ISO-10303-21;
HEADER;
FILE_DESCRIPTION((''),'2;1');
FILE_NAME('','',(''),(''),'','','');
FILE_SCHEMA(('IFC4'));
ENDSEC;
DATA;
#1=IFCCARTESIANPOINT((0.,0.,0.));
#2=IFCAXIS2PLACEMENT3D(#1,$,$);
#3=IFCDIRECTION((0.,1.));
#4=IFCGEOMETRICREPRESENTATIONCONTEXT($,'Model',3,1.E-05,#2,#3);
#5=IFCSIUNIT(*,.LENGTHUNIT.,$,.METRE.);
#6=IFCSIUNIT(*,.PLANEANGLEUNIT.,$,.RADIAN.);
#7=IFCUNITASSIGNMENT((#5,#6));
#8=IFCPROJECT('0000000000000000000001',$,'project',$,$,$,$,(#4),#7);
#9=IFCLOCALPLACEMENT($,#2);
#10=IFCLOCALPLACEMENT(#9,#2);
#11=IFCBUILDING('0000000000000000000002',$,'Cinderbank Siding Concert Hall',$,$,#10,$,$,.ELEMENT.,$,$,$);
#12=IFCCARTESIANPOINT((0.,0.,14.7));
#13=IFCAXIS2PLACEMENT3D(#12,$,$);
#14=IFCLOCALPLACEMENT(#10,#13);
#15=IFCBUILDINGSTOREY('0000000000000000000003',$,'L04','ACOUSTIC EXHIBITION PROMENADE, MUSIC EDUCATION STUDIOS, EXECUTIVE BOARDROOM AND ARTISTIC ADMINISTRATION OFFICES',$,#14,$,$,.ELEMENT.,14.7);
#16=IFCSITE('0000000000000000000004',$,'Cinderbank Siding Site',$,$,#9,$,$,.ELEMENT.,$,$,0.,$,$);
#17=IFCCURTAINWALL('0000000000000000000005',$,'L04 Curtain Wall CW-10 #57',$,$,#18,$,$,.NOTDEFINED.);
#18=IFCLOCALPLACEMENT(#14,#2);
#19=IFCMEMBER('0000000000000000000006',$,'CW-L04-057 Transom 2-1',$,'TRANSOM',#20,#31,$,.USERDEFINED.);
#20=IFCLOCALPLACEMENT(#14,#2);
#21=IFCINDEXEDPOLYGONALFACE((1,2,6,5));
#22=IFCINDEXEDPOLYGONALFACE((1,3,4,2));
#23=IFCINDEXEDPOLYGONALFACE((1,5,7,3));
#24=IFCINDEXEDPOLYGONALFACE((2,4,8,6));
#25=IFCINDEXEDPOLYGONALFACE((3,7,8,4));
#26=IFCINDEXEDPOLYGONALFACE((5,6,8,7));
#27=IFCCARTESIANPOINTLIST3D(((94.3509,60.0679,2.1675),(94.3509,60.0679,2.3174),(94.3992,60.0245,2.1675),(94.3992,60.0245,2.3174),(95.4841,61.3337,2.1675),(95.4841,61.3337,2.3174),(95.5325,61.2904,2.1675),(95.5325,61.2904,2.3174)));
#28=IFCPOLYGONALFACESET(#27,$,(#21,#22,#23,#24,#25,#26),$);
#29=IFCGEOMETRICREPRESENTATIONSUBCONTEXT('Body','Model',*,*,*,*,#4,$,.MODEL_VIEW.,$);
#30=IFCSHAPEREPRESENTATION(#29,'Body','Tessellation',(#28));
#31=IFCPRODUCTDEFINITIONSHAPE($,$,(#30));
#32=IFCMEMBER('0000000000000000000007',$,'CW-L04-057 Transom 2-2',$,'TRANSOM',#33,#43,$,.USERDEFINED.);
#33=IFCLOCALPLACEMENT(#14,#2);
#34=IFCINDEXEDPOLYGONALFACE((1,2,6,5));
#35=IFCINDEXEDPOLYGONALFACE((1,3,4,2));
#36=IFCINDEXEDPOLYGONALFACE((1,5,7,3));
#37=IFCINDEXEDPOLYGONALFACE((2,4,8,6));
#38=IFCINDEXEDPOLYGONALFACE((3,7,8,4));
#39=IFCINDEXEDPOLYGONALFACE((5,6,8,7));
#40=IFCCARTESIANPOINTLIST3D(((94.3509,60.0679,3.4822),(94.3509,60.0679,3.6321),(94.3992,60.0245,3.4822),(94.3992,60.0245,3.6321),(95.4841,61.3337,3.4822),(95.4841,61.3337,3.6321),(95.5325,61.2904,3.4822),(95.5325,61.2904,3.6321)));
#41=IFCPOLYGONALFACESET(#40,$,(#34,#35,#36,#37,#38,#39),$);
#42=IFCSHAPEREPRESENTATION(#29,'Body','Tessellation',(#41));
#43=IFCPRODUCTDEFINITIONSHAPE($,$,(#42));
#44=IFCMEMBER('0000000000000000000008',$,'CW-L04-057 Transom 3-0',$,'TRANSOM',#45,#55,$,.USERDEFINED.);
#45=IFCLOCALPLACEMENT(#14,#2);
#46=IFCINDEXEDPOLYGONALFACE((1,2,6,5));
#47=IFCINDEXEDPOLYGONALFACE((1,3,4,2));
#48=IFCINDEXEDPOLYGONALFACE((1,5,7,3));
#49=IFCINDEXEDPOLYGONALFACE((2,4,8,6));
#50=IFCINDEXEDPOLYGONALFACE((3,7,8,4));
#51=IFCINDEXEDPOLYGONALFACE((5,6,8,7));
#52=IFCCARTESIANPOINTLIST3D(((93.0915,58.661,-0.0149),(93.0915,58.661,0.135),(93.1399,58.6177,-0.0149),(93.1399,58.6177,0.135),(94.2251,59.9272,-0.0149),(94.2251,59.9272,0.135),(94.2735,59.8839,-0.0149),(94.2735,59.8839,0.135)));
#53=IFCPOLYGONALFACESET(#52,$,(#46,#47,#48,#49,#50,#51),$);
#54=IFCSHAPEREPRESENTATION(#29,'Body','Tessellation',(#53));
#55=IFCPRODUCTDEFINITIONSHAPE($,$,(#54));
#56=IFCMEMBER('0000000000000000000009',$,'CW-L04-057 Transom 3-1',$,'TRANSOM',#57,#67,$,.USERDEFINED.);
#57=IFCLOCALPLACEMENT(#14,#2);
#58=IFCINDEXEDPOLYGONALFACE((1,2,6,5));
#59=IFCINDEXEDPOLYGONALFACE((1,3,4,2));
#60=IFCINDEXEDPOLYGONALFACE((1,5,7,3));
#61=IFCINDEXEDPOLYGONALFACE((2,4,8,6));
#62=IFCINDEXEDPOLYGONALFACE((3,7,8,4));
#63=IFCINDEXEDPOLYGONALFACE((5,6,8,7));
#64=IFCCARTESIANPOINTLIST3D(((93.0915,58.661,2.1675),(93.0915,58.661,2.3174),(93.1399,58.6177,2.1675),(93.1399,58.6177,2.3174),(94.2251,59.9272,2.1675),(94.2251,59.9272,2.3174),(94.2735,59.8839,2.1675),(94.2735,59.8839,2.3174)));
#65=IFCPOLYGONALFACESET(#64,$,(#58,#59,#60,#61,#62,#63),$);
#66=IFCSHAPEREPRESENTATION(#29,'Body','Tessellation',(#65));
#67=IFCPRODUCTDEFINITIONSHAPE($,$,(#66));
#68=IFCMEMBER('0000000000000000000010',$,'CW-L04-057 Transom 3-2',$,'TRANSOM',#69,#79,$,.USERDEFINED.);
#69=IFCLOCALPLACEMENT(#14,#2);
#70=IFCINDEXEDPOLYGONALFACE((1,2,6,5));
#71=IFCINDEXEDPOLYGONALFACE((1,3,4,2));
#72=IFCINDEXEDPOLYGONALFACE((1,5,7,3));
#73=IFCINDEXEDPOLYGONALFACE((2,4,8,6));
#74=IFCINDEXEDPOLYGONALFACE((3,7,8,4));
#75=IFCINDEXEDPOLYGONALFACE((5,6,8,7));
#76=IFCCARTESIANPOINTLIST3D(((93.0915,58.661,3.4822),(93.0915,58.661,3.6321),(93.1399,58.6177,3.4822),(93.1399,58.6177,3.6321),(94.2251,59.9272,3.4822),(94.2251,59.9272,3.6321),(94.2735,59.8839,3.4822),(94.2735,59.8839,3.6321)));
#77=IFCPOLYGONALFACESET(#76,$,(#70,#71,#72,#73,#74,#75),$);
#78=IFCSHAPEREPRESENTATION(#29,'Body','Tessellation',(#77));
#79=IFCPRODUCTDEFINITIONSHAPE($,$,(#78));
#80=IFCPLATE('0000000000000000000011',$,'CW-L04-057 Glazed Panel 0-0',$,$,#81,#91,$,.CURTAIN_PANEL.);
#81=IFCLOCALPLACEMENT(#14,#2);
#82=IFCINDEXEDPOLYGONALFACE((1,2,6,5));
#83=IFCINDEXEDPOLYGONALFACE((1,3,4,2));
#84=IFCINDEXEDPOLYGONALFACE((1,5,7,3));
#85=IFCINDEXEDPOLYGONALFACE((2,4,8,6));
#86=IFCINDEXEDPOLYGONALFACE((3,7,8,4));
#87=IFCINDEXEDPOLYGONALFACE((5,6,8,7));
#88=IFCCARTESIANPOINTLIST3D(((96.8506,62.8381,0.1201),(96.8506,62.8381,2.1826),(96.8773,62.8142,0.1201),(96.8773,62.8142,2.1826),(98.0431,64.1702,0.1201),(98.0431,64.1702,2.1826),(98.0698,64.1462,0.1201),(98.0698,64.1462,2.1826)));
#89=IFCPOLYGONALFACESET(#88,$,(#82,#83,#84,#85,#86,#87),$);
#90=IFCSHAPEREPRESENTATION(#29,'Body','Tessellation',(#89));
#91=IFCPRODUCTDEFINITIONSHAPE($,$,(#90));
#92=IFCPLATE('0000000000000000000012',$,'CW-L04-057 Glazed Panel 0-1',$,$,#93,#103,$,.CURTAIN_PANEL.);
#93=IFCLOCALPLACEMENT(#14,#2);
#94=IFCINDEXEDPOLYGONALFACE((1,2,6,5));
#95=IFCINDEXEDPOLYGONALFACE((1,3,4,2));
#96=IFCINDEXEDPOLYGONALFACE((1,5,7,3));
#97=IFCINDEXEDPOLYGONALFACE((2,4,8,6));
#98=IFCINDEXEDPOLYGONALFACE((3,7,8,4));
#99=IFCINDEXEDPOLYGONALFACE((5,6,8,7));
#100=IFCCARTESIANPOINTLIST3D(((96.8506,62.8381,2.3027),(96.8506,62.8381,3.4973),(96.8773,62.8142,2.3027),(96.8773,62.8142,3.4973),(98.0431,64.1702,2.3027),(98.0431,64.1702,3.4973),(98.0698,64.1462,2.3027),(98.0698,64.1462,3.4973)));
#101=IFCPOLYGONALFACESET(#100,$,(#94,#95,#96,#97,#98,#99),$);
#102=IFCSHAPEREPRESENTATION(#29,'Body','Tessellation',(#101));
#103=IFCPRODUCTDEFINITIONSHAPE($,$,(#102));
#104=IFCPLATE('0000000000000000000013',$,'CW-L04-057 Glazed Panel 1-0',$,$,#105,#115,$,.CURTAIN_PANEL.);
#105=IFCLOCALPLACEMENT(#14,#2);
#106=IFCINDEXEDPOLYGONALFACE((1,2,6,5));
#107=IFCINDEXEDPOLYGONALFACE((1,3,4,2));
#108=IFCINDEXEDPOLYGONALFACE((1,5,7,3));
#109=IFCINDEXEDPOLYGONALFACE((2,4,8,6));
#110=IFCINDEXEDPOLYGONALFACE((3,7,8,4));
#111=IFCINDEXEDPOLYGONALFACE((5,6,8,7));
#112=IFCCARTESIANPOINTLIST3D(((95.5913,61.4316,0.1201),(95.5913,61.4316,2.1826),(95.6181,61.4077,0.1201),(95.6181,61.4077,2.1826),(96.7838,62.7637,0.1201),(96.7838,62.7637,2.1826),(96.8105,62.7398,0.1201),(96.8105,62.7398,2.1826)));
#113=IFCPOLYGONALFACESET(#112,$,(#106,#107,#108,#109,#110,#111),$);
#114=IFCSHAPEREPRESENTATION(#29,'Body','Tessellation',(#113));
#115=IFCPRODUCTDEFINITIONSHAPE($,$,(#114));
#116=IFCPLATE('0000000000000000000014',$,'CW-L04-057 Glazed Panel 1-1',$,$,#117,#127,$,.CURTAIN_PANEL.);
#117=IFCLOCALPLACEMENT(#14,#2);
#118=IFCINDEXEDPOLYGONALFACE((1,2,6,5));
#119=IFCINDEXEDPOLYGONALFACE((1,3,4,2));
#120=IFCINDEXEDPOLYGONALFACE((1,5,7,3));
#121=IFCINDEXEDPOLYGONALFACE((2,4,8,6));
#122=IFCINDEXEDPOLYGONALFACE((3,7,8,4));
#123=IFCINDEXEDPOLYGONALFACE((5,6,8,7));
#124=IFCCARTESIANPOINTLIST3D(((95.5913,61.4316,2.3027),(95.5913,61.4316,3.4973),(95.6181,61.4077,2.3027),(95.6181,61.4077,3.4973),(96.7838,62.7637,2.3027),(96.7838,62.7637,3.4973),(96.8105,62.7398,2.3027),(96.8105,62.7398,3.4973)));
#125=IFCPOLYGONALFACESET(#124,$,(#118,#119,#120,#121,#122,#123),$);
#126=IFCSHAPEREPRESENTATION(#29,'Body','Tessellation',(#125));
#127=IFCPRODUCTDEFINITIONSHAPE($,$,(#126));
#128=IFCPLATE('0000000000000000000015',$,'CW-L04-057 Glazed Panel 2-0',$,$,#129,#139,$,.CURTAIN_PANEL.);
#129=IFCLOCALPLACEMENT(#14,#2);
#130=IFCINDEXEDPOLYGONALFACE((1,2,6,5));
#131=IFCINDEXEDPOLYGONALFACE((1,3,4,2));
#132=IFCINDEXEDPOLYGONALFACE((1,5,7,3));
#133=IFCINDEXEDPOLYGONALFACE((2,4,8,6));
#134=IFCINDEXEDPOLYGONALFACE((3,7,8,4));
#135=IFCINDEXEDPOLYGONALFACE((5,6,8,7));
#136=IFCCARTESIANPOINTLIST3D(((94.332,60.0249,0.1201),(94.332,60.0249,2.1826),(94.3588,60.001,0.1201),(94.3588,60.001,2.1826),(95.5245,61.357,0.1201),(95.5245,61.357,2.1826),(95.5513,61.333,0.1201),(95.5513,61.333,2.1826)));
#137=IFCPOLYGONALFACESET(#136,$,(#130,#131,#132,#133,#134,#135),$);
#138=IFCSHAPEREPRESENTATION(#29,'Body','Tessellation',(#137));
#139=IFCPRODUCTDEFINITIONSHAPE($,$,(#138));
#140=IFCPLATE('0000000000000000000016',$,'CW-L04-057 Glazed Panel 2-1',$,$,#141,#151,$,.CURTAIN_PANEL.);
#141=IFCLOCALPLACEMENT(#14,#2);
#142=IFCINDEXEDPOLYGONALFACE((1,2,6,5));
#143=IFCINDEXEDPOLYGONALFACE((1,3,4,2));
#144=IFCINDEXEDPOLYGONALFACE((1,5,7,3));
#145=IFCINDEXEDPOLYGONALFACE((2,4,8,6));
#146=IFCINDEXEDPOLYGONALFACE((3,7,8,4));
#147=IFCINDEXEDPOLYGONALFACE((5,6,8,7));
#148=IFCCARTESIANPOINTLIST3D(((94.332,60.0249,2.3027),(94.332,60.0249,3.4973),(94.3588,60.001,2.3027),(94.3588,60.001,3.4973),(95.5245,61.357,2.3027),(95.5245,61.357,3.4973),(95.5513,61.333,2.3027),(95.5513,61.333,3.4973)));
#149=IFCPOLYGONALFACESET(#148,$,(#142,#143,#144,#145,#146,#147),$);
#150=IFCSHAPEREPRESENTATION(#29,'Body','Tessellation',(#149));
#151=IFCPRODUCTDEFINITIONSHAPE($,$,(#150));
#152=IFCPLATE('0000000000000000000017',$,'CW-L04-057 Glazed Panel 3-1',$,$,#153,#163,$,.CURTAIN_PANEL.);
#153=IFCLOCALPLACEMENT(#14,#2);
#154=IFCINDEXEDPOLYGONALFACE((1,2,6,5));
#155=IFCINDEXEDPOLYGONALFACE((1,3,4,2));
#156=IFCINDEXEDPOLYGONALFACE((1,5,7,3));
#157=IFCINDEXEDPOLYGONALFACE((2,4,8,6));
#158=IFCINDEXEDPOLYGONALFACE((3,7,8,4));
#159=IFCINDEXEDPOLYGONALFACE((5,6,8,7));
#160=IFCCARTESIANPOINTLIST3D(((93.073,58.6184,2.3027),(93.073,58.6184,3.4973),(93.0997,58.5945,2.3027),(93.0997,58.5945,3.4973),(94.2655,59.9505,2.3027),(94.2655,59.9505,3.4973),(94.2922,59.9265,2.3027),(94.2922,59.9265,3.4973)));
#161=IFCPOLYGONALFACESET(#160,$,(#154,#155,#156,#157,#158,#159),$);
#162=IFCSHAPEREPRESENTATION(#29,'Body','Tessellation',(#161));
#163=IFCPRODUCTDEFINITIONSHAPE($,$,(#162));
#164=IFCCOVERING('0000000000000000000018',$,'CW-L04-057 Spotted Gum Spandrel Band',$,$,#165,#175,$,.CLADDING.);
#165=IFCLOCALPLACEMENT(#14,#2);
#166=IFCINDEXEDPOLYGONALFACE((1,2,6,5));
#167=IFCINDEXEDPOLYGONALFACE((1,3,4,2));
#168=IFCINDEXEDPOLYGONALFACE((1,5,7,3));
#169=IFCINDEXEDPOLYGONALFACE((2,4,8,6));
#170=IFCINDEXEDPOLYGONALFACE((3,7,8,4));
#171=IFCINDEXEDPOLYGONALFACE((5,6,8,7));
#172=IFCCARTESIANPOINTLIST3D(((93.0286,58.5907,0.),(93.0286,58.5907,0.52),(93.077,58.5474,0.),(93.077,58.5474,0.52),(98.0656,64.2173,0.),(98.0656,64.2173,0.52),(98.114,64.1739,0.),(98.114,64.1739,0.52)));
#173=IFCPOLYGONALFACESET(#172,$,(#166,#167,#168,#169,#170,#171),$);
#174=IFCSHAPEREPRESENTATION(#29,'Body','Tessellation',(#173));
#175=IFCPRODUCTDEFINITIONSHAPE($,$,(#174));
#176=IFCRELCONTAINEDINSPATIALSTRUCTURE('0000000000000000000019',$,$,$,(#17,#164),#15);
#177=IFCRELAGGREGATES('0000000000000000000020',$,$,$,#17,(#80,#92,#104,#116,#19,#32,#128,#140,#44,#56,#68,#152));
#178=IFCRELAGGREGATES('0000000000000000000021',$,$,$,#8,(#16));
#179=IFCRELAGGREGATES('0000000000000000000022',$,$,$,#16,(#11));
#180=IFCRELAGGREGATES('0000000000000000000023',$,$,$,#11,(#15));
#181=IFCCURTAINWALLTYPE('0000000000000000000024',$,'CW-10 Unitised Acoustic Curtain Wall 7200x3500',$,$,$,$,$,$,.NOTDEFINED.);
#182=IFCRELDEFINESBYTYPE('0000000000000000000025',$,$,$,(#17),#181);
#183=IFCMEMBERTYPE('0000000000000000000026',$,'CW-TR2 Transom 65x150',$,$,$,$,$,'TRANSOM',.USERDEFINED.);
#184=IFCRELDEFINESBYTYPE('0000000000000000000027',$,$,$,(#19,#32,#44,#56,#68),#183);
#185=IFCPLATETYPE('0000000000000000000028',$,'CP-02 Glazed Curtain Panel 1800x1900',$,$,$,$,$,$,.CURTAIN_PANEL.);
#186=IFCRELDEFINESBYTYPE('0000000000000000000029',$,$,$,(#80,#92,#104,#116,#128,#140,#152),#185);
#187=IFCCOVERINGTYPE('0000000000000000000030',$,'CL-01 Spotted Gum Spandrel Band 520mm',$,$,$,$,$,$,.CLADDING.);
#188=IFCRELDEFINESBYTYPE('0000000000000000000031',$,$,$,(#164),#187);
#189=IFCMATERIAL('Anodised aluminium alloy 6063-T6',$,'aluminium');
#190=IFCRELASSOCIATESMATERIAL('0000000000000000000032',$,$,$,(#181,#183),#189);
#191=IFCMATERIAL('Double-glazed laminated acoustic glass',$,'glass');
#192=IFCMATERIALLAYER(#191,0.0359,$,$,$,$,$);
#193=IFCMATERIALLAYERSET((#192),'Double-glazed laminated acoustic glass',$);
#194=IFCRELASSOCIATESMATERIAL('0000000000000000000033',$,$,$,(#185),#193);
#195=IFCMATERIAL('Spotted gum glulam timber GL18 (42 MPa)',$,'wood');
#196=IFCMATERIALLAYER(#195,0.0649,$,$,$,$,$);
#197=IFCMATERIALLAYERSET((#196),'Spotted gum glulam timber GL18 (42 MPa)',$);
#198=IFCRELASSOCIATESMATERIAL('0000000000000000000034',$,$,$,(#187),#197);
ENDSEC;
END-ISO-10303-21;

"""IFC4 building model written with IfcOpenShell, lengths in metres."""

from ifc_helpers import new_model, si_unit, direction, frame, origin, origin_2d, place, context, subcontext, project, spatial, rectangle, extrude, material, layer, layer_set, material_profile, profile_set, type_object, element, aggregate, save


model = new_model("IFC4")

# Units and contexts
model_context = context("Model", 3, precision=1e-05, world=origin(), true_north=direction((0.0, 1.0)))
body_context = subcontext(model_context, "Body", "Model", "MODEL_VIEW")
ifc_project = project(units=[si_unit("LENGTHUNIT", "METRE"), si_unit("PLANEANGLEUNIT", "RADIAN")], contexts=[model_context])

# Site, building, storey
site_placement = place(None, origin())
site = spatial("IfcSite", under=ifc_project, at=site_placement, Name="Cinderbank Siding Site", CompositionType="ELEMENT", RefElevation=0.0)
building_placement = place(site_placement, origin())
building = spatial("IfcBuilding", under=site, at=building_placement, Name="Cinderbank Siding Concert Hall", CompositionType="ELEMENT")
storey_placement = place(building_placement, frame((0.0, 0.0, 14.7)))
storey = spatial("IfcBuildingStorey", under=building, at=storey_placement, Name="L04", Description="ACOUSTIC EXHIBITION PROMENADE, MUSIC EDUCATION STUDIOS, EXECUTIVE BOARDROOM AND ARTISTIC ADMINISTRATION OFFICES", CompositionType="ELEMENT", Elevation=14.7)

# Curtain wall, members, plates
ifc_material_1 = material(Name="Anodised aluminium alloy 6063-T6", Category="aluminium")
curtain_wall_type = type_object("IfcCurtainWallType", Name="CW-10 Unitised Acoustic Curtain Wall 7200x3500", PredefinedType="NOTDEFINED", material=ifc_material_1)
curtain_wall_placement = place(storey_placement, origin())
curtain_wall = element("IfcCurtainWall", 1, at=curtain_wall_placement, inside=storey, type_object=curtain_wall_type, Name="L04 Curtain Wall CW-10 #57", PredefinedType="NOTDEFINED")
ifc_material_profile_1 = material_profile(ifc_material_1, rectangle(XDim=0.0649, YDim=0.1499, at=origin_2d()), Name="ALU-TRAN-65x150", Category="LoadBearing")
ifc_profile_set_1 = profile_set([ifc_material_profile_1], Name="Anodised aluminium alloy 6063-T6")
member_type_1 = type_object("IfcMemberType", Name="CW-TR2 Transom 65x150", ElementType="TRANSOM", PredefinedType="USERDEFINED", material=ifc_profile_set_1)
member_1_placement = place(storey_placement, frame((95.5083, 61.312, 2.2424), z_axis=(-0.667017, -0.745042, 0.0), x_axis=(0.745042, -0.667017, 0.0)))
member_1 = element("IfcMember", 2, at=member_1_placement, type_object=member_type_1, Name="CW-L04-057 Transom 2-1", ObjectType="TRANSOM", PredefinedType="USERDEFINED", context=body_context, shape_type="SweptSolid", body=[
    extrude(rectangle(XDim=0.0649, YDim=0.1499, at=origin_2d()), origin(), (0.0, 0.0, 1.0), 1.699),
])
member_2_placement = place(storey_placement, frame((95.5083, 61.312, 3.5571), z_axis=(-0.667017, -0.745042, 0.0), x_axis=(0.745042, -0.667017, 0.0)))
member_2 = element("IfcMember", 3, at=member_2_placement, type_object=member_type_1, Name="CW-L04-057 Transom 2-2", ObjectType="TRANSOM", PredefinedType="USERDEFINED", context=body_context, shape_type="SweptSolid", body=[
    extrude(rectangle(XDim=0.0649, YDim=0.1499, at=origin_2d()), origin(), (0.0, 0.0, 1.0), 1.699),
])
member_3_placement = place(storey_placement, frame((94.2493, 59.9055, 0.0601), z_axis=(-0.667026, -0.745035, 0.0), x_axis=(0.745035, -0.667026, 0.0)))
member_3 = element("IfcMember", 4, at=member_3_placement, type_object=member_type_1, Name="CW-L04-057 Transom 3-0", ObjectType="TRANSOM", PredefinedType="USERDEFINED", context=body_context, shape_type="SweptSolid", body=[
    extrude(rectangle(XDim=0.0649, YDim=0.1499, at=origin_2d()), origin(), (0.0, 0.0, 1.0), 1.6995),
])
member_4_placement = place(storey_placement, frame((94.2493, 59.9055, 2.2424), z_axis=(-0.667026, -0.745035, 0.0), x_axis=(0.745035, -0.667026, 0.0)))
member_4 = element("IfcMember", 5, at=member_4_placement, type_object=member_type_1, Name="CW-L04-057 Transom 3-1", ObjectType="TRANSOM", PredefinedType="USERDEFINED", context=body_context, shape_type="SweptSolid", body=[
    extrude(rectangle(XDim=0.0649, YDim=0.1499, at=origin_2d()), origin(), (0.0, 0.0, 1.0), 1.6995),
])
member_5_placement = place(storey_placement, frame((94.2493, 59.9055, 3.5571), z_axis=(-0.667026, -0.745035, 0.0), x_axis=(0.745035, -0.667026, 0.0)))
member_5 = element("IfcMember", 6, at=member_5_placement, type_object=member_type_1, Name="CW-L04-057 Transom 3-2", ObjectType="TRANSOM", PredefinedType="USERDEFINED", context=body_context, shape_type="SweptSolid", body=[
    extrude(rectangle(XDim=0.0649, YDim=0.1499, at=origin_2d()), origin(), (0.0, 0.0, 1.0), 1.6995),
])
ifc_material_2 = material(Name="Double-glazed laminated acoustic glass", Category="glass")
ifc_layer_1 = layer(ifc_material_2, 0.0359)
ifc_layer_set_1 = layer_set([ifc_layer_1], Name="Double-glazed laminated acoustic glass")
plate_type = type_object("IfcPlateType", Name="CP-02 Glazed Curtain Panel 1800x1900", PredefinedType="CURTAIN_PANEL", material=ifc_layer_set_1)
plate_1_placement = place(storey_placement, frame((97.4602, 63.4922, 0.1201), z_axis=(0.0, 0.0, 1.0), x_axis=(-0.666993, -0.745064, 0.0)))
plate_1 = element("IfcPlate", 7, at=plate_1_placement, type_object=plate_type, Name="CW-L04-057 Glazed Panel 0-0", PredefinedType="CURTAIN_PANEL", context=body_context, shape_type="SweptSolid", body=[
    extrude(rectangle(XDim=1.7878, YDim=0.0359, at=origin_2d()), origin(), (0.0, 0.0, 1.0), 2.0625),
])
plate_2_placement = place(storey_placement, frame((97.4602, 63.4922, 2.3027), z_axis=(0.0, 0.0, 1.0), x_axis=(-0.666993, -0.745064, 0.0)))
plate_2 = element("IfcPlate", 8, at=plate_2_placement, type_object=plate_type, Name="CW-L04-057 Glazed Panel 0-1", PredefinedType="CURTAIN_PANEL", context=body_context, shape_type="SweptSolid", body=[
    extrude(rectangle(XDim=1.7878, YDim=0.0359, at=origin_2d()), origin(), (0.0, 0.0, 1.0), 1.1946),
])
plate_3_placement = place(storey_placement, frame((96.2009, 62.0857, 0.1201), z_axis=(0.0, 0.0, 1.0), x_axis=(-0.666993, -0.745064, 0.0)))
plate_3 = element("IfcPlate", 9, at=plate_3_placement, type_object=plate_type, Name="CW-L04-057 Glazed Panel 1-0", PredefinedType="CURTAIN_PANEL", context=body_context, shape_type="SweptSolid", body=[
    extrude(rectangle(XDim=1.7878, YDim=0.0359, at=origin_2d()), origin(), (0.0, 0.0, 1.0), 2.0625),
])
plate_4_placement = place(storey_placement, frame((96.2009, 62.0857, 2.3027), z_axis=(0.0, 0.0, 1.0), x_axis=(-0.666993, -0.745064, 0.0)))
plate_4 = element("IfcPlate", 10, at=plate_4_placement, type_object=plate_type, Name="CW-L04-057 Glazed Panel 1-1", PredefinedType="CURTAIN_PANEL", context=body_context, shape_type="SweptSolid", body=[
    extrude(rectangle(XDim=1.7878, YDim=0.0359, at=origin_2d()), origin(), (0.0, 0.0, 1.0), 1.1946),
])
plate_5_placement = place(storey_placement, frame((94.9417, 60.679, 0.1201), z_axis=(0.0, 0.0, 1.0), x_axis=(-0.666993, -0.745064, 0.0)))
plate_5 = element("IfcPlate", 11, at=plate_5_placement, type_object=plate_type, Name="CW-L04-057 Glazed Panel 2-0", PredefinedType="CURTAIN_PANEL", context=body_context, shape_type="SweptSolid", body=[
    extrude(rectangle(XDim=1.7878, YDim=0.0359, at=origin_2d()), origin(), (0.0, 0.0, 1.0), 2.0625),
])
plate_6_placement = place(storey_placement, frame((94.9417, 60.679, 2.3027), z_axis=(0.0, 0.0, 1.0), x_axis=(-0.666993, -0.745064, 0.0)))
plate_6 = element("IfcPlate", 12, at=plate_6_placement, type_object=plate_type, Name="CW-L04-057 Glazed Panel 2-1", PredefinedType="CURTAIN_PANEL", context=body_context, shape_type="SweptSolid", body=[
    extrude(rectangle(XDim=1.7878, YDim=0.0359, at=origin_2d()), origin(), (0.0, 0.0, 1.0), 1.1946),
])
plate_7_placement = place(storey_placement, frame((93.6826, 59.2725, 2.3027), z_axis=(0.0, 0.0, 1.0), x_axis=(-0.666993, -0.745064, 0.0)))
plate_7 = element("IfcPlate", 13, at=plate_7_placement, type_object=plate_type, Name="CW-L04-057 Glazed Panel 3-1", PredefinedType="CURTAIN_PANEL", context=body_context, shape_type="SweptSolid", body=[
    extrude(rectangle(XDim=1.7878, YDim=0.0359, at=origin_2d()), origin(), (0.0, 0.0, 1.0), 1.1946),
])
aggregate(curtain_wall, [plate_1, plate_2, plate_3, plate_4, member_1, member_2, plate_5, plate_6, member_3, member_4, member_5, plate_7])

# Covering
ifc_material_3 = material(Name="Spotted gum glulam timber GL18 (42 MPa)", Category="wood")
ifc_layer_2 = layer(ifc_material_3, 0.0649)
ifc_layer_set_2 = layer_set([ifc_layer_2], Name="Spotted gum glulam timber GL18 (42 MPa)")
covering_type = type_object("IfcCoveringType", Name="CL-01 Spotted Gum Spandrel Band 520mm", PredefinedType="CLADDING", material=ifc_layer_set_2)
covering_placement = place(storey_placement, frame((95.5713, 61.3823, 0.0), z_axis=(0.0, 0.0, 1.0), x_axis=(-0.666993, -0.745064, 0.0)))
element("IfcCovering", 14, at=covering_placement, inside=storey, type_object=covering_type, Name="CW-L04-057 Spotted Gum Spandrel Band", PredefinedType="CLADDING", context=body_context, shape_type="SweptSolid", body=[
    extrude(rectangle(XDim=7.5518, YDim=0.0649, at=origin_2d()), origin(), (0.0, 0.0, 1.0), 0.52),
])

save(model, "model.ifc")
